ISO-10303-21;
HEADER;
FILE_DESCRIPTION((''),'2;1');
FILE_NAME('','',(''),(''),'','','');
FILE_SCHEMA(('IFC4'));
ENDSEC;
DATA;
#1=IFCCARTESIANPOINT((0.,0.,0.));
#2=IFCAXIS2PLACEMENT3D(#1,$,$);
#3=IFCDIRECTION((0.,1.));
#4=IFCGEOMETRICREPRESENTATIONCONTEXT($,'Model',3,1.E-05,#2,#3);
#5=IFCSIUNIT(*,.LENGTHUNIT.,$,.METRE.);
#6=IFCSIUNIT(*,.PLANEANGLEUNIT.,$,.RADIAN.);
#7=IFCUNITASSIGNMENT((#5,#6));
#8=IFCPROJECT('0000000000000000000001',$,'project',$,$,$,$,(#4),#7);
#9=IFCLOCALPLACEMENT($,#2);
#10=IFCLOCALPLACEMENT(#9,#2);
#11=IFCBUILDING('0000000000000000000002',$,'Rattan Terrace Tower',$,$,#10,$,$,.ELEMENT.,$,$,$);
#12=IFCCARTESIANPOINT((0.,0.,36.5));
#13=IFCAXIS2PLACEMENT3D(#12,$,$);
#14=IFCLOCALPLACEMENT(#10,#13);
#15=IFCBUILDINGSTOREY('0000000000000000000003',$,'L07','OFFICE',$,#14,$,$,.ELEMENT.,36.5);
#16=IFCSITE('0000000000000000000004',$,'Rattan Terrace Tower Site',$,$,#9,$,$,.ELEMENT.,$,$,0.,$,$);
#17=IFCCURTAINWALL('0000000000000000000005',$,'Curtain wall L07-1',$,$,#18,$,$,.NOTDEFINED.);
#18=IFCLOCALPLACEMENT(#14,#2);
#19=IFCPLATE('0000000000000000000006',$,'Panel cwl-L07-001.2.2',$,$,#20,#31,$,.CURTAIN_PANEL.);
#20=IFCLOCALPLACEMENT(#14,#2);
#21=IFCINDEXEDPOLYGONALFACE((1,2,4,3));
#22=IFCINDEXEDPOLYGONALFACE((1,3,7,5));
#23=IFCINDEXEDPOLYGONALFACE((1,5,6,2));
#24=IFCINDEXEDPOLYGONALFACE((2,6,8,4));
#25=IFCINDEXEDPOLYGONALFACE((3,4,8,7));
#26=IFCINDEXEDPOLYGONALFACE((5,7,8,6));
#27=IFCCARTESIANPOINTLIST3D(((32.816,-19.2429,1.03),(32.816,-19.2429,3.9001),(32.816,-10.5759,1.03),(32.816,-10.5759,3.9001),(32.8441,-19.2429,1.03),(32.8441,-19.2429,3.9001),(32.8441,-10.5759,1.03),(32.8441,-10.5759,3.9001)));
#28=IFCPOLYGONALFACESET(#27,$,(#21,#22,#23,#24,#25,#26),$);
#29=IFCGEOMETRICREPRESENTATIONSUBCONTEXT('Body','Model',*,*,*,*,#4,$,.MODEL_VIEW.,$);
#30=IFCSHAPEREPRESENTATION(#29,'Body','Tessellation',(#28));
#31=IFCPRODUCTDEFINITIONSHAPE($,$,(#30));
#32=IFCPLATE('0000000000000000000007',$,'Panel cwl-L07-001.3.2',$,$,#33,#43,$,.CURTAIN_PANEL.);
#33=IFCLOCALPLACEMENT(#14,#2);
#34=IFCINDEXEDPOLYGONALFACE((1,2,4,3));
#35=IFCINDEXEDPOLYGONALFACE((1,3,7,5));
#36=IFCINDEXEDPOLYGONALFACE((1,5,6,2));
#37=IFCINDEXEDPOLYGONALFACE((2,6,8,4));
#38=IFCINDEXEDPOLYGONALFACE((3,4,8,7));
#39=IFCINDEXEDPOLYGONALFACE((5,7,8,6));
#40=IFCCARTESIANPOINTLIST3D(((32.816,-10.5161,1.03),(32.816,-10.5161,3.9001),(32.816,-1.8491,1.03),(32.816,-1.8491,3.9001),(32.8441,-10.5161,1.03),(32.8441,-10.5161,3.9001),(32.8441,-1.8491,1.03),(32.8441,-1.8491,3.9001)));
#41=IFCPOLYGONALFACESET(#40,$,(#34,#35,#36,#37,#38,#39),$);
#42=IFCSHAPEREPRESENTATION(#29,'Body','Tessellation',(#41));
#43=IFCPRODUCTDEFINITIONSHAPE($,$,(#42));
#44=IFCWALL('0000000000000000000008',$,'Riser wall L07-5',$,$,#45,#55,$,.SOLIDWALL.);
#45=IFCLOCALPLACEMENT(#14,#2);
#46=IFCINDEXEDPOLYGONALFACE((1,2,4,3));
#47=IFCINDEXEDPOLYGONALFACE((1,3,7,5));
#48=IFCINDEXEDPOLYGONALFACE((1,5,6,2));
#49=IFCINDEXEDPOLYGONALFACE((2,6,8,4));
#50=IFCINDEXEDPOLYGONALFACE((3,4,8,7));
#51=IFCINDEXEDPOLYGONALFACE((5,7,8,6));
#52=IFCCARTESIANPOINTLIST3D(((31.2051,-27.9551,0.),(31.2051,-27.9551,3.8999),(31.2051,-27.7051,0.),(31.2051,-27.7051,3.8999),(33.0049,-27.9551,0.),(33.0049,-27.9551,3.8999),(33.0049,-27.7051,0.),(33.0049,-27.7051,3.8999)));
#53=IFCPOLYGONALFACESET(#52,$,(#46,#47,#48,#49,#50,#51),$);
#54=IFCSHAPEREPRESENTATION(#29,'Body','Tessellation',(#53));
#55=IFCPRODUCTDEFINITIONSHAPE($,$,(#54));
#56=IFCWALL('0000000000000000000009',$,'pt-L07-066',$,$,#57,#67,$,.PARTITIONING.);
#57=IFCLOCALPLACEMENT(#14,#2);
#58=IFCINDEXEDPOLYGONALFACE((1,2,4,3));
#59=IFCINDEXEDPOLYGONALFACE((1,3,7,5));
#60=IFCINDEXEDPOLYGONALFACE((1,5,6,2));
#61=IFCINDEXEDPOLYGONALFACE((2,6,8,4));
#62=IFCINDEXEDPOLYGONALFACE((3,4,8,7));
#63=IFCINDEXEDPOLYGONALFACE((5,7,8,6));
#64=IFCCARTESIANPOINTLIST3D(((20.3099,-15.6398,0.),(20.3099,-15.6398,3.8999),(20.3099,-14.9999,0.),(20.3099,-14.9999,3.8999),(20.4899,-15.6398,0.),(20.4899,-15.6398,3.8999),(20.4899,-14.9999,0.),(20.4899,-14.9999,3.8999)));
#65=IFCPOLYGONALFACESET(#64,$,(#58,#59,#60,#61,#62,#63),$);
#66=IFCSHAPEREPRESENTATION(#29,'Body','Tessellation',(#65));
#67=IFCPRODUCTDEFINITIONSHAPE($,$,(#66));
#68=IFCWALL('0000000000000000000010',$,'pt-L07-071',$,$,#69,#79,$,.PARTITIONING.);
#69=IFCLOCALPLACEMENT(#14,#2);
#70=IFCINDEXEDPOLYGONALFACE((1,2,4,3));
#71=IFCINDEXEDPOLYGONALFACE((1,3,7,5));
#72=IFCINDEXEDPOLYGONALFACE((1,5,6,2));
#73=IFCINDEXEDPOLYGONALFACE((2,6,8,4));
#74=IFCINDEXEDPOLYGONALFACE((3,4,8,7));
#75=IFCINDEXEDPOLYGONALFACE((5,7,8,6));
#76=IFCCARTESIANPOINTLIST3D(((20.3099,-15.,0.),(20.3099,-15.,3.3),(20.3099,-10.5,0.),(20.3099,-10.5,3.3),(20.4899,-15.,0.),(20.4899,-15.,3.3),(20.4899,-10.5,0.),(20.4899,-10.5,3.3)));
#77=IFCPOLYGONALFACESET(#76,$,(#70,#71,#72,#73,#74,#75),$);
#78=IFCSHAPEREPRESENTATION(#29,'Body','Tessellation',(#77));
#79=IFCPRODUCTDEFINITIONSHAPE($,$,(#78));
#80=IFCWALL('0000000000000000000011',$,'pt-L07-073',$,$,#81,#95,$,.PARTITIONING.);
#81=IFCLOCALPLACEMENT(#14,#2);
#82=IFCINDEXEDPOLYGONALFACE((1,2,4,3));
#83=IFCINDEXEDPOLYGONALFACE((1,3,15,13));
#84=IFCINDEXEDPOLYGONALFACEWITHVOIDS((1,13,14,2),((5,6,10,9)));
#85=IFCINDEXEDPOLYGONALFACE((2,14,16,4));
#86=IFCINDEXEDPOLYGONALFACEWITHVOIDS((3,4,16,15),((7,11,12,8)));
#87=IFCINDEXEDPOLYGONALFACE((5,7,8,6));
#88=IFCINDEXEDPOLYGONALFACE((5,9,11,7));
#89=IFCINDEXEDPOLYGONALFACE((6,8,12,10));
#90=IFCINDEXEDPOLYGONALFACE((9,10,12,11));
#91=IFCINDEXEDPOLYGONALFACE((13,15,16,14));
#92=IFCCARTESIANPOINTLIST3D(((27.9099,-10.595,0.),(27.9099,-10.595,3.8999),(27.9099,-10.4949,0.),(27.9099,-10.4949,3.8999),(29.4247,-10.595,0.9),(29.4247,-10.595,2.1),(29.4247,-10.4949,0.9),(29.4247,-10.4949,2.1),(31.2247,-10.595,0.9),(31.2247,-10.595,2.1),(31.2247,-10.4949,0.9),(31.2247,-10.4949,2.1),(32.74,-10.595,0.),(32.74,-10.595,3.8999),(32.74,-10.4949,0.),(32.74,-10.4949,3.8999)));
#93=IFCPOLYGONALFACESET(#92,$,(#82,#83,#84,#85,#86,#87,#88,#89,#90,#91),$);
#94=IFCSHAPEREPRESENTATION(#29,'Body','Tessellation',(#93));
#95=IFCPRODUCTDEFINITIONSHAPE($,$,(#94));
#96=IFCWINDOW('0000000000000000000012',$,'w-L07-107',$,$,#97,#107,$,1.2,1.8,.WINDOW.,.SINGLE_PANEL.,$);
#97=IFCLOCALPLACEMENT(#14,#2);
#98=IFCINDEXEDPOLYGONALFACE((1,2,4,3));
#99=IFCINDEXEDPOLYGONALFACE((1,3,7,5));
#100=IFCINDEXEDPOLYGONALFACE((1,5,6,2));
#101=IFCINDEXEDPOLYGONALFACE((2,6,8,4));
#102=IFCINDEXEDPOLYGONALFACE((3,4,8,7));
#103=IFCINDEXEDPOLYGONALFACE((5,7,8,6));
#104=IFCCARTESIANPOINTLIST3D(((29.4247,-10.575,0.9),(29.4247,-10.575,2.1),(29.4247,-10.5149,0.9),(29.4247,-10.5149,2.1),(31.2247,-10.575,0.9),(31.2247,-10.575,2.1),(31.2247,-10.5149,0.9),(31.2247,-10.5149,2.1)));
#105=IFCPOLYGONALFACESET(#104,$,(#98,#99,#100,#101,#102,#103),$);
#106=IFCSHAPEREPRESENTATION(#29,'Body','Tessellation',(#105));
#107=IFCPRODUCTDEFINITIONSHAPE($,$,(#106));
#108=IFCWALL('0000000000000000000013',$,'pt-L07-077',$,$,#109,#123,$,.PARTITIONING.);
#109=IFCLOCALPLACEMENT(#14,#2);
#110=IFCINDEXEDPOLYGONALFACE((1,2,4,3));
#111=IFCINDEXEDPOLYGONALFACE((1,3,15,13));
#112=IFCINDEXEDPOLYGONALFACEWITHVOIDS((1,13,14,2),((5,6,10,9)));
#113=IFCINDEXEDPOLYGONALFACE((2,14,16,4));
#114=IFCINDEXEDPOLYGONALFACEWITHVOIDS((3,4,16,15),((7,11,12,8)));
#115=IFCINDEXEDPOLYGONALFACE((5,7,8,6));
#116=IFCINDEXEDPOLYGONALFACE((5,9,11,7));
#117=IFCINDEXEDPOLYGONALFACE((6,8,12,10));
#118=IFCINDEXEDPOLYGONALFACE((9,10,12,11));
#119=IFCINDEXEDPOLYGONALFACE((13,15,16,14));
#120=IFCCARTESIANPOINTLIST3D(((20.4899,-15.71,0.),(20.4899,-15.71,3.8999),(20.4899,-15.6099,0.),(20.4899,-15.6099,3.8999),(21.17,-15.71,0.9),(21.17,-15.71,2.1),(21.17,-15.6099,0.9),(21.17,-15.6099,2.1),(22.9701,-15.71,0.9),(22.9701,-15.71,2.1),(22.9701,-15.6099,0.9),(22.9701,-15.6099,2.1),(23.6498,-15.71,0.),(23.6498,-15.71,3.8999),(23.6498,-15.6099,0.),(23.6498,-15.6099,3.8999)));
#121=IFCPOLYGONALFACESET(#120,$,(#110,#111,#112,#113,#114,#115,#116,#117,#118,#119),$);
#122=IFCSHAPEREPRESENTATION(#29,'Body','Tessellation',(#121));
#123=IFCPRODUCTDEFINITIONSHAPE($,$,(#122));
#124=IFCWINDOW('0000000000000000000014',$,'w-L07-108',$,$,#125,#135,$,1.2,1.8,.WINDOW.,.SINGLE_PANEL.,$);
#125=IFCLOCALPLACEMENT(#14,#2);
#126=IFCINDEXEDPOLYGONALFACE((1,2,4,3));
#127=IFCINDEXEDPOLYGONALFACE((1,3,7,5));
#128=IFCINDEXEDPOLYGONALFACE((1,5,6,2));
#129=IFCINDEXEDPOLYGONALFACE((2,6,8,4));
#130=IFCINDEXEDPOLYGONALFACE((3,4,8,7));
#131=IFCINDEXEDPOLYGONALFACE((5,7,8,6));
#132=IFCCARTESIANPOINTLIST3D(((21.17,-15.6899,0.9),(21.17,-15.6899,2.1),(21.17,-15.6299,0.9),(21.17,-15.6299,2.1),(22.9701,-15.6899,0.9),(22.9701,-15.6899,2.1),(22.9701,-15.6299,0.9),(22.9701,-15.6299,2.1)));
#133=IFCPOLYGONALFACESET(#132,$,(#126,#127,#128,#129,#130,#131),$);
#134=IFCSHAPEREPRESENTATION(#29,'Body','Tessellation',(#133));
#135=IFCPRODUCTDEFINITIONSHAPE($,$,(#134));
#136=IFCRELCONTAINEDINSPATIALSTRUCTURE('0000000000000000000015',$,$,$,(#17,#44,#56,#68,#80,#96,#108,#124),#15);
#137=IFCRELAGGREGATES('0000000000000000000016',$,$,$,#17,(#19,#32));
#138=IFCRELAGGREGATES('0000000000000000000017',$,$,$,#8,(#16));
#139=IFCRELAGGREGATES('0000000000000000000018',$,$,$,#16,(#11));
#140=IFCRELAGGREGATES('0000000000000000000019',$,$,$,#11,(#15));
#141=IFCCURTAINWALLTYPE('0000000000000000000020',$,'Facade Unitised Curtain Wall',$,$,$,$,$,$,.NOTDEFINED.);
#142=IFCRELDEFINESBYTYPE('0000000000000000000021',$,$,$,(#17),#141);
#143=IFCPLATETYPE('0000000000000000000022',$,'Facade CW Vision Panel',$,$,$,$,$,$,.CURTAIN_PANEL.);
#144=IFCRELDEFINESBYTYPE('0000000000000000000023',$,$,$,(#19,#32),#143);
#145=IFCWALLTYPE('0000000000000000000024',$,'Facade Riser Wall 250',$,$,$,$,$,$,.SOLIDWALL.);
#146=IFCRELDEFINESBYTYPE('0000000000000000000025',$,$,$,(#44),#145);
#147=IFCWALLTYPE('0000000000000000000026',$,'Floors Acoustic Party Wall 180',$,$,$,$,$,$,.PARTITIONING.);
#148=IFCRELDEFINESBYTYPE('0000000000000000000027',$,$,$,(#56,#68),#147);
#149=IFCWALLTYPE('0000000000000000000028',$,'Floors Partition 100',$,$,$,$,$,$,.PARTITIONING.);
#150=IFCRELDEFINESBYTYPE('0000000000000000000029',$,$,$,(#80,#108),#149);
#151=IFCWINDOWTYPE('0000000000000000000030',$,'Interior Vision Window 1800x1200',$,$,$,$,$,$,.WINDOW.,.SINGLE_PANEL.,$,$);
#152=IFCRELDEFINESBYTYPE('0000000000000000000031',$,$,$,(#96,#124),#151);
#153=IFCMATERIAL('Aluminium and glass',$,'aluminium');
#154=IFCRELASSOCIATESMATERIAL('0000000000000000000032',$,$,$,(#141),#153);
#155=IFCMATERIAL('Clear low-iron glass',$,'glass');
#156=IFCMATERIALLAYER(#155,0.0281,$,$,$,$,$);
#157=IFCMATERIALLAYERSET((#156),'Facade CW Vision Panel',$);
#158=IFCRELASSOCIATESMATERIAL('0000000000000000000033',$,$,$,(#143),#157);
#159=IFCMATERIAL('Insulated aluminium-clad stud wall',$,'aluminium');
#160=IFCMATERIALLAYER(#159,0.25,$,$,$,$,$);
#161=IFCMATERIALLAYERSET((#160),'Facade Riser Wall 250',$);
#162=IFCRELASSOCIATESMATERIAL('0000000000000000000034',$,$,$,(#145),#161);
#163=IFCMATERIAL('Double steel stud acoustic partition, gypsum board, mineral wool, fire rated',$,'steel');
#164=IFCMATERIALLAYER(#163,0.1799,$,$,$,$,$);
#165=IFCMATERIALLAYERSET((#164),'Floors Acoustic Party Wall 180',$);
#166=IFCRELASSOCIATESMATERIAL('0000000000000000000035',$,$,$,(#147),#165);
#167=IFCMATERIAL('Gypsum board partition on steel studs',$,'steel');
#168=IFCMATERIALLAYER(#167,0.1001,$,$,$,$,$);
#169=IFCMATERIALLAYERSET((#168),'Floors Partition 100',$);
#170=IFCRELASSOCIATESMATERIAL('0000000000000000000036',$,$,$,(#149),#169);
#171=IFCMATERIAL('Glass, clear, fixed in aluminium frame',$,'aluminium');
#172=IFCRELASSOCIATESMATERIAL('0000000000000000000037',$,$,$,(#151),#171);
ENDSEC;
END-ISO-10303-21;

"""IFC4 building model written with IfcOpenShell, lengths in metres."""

from ifc_helpers import new_model, si_unit, direction, frame, frame_2d, origin, origin_2d, place, context, subcontext, project, spatial, rectangle, extrude, material, layer, layer_set, type_object, element, fill, aggregate, save


model = new_model("IFC4")

# Units and contexts
model_context = context("Model", 3, precision=1e-05, world=origin(), true_north=direction((0.0, 1.0)))
body_context = subcontext(model_context, "Body", "Model", "MODEL_VIEW")
ifc_project = project(units=[si_unit("LENGTHUNIT", "METRE"), si_unit("PLANEANGLEUNIT", "RADIAN")], contexts=[model_context])

# Site, building, storey
site_placement = place(None, origin())
site = spatial("IfcSite", under=ifc_project, at=site_placement, Name="Rattan Terrace Tower Site", CompositionType="ELEMENT", RefElevation=0.0)
building_placement = place(site_placement, origin())
building = spatial("IfcBuilding", under=site, at=building_placement, Name="Rattan Terrace Tower", CompositionType="ELEMENT")
storey_placement = place(building_placement, frame((0.0, 0.0, 36.5)))
storey = spatial("IfcBuildingStorey", under=building, at=storey_placement, Name="L07", Description="OFFICE", CompositionType="ELEMENT", Elevation=36.5)

# Curtain wall
ifc_material_1 = material(Name="Aluminium and glass", Category="aluminium")
curtain_wall_type = type_object("IfcCurtainWallType", Name="Facade Unitised Curtain Wall", PredefinedType="NOTDEFINED", material=ifc_material_1)
curtain_wall_placement = place(storey_placement, origin())
curtain_wall = element("IfcCurtainWall", 1, at=curtain_wall_placement, inside=storey, type_object=curtain_wall_type, Name="Curtain wall L07-1", PredefinedType="NOTDEFINED")

# Plates
ifc_material_2 = material(Name="Clear low-iron glass", Category="glass")
ifc_layer_1 = layer(ifc_material_2, 0.0281)
ifc_layer_set_1 = layer_set([ifc_layer_1], Name="Facade CW Vision Panel")
plate_type_1 = type_object("IfcPlateType", Name="Facade CW Vision Panel", PredefinedType="CURTAIN_PANEL", material=ifc_layer_set_1)
plate_1_placement = place(storey_placement, frame((32.8301, -14.9094, 1.03), z_axis=(0.0, 0.0, 1.0), x_axis=(0.0, 1.0, 0.0)))
plate_1 = element("IfcPlate", 2, at=plate_1_placement, type_object=plate_type_1, Name="Panel cwl-L07-001.2.2", PredefinedType="CURTAIN_PANEL", context=body_context, shape_type="SweptSolid", body=[
    extrude(rectangle(XDim=8.667, YDim=0.0281, at=origin_2d()), origin(), (0.0, 0.0, 1.0), 2.8701),
])
plate_2_placement = place(storey_placement, frame((32.8301, -6.1826, 1.03), z_axis=(0.0, 0.0, 1.0), x_axis=(0.0, 1.0, 0.0)))
plate_2 = element("IfcPlate", 3, at=plate_2_placement, type_object=plate_type_1, Name="Panel cwl-L07-001.3.2", PredefinedType="CURTAIN_PANEL", context=body_context, shape_type="SweptSolid", body=[
    extrude(rectangle(XDim=8.667, YDim=0.0281, at=origin_2d()), origin(), (0.0, 0.0, 1.0), 2.8701),
])
aggregate(curtain_wall, [plate_1, plate_2])

# Walls
ifc_material_3 = material(Name="Insulated aluminium-clad stud wall", Category="aluminium")
ifc_layer_2 = layer(ifc_material_3, 0.25)
ifc_layer_set_2 = layer_set([ifc_layer_2], Name="Facade Riser Wall 250")
wall_type_1 = type_object("IfcWallType", Name="Facade Riser Wall 250", PredefinedType="SOLIDWALL", material=ifc_layer_set_2)
wall_1_placement = place(storey_placement, frame((31.2051, -27.8301, 0.0), z_axis=(0.0, 0.0, 1.0), x_axis=(1.0, 0.0, 0.0)))
element("IfcWall", 4, at=wall_1_placement, inside=storey, type_object=wall_type_1, Name="Riser wall L07-5", PredefinedType="SOLIDWALL", context=body_context, shape_type="SweptSolid", body=[
    extrude(rectangle(XDim=1.7998, YDim=0.25, at=frame_2d((0.8999, 0.0))), origin(), (0.0, 0.0, 1.0), 3.8999),
])
ifc_material_4 = material(Name="Double steel stud acoustic partition, gypsum board, mineral wool, fire rated", Category="steel")
ifc_layer_3 = layer(ifc_material_4, 0.1799)
ifc_layer_set_3 = layer_set([ifc_layer_3], Name="Floors Acoustic Party Wall 180")
wall_type_2 = type_object("IfcWallType", Name="Floors Acoustic Party Wall 180", PredefinedType="PARTITIONING", material=ifc_layer_set_3)
wall_2_placement = place(storey_placement, frame((20.3999, -15.0, 0.0), z_axis=(0.0, 0.0, 1.0), x_axis=(0.0, -1.0, 0.0)))
element("IfcWall", 5, at=wall_2_placement, inside=storey, type_object=wall_type_2, Name="pt-L07-066", PredefinedType="PARTITIONING", context=body_context, shape_type="SweptSolid", body=[
    extrude(rectangle(XDim=0.6399, YDim=0.1799, at=frame_2d((0.3198, 0.0))), origin(), (0.0, 0.0, 1.0), 3.8999),
])
wall_3_placement = place(storey_placement, frame((20.3999, -10.5, 0.0), z_axis=(0.0, 0.0, 1.0), x_axis=(0.0, -1.0, 0.0)))
element("IfcWall", 6, at=wall_3_placement, inside=storey, type_object=wall_type_2, Name="pt-L07-071", PredefinedType="PARTITIONING", context=body_context, shape_type="SweptSolid", body=[
    extrude(rectangle(XDim=4.5, YDim=0.1799, at=frame_2d((2.25, 0.0))), origin(), (0.0, 0.0, 1.0), 3.3),
])

# Walls, openings, windows
ifc_material_5 = material(Name="Gypsum board partition on steel studs", Category="steel")
ifc_layer_4 = layer(ifc_material_5, 0.1001)
ifc_layer_set_4 = layer_set([ifc_layer_4], Name="Floors Partition 100")
wall_type_3 = type_object("IfcWallType", Name="Floors Partition 100", PredefinedType="PARTITIONING", material=ifc_layer_set_4)
wall_4_placement = place(storey_placement, frame((27.9099, -10.5449, 0.0), z_axis=(0.0, 0.0, 1.0), x_axis=(1.0, 0.0, 0.0)))
wall_4 = element("IfcWall", 7, at=wall_4_placement, inside=storey, type_object=wall_type_3, Name="pt-L07-073", PredefinedType="PARTITIONING", context=body_context, shape_type="SweptSolid", body=[
    extrude(rectangle(XDim=4.8301, YDim=0.1001, at=frame_2d((2.415, 0.0))), origin(), (0.0, 0.0, 1.0), 3.8999),
])
opening_1_placement = place(wall_4_placement, frame((1.5149, 0.0, 0.8999)))
opening_1 = element("IfcOpeningElement", 8, at=opening_1_placement, cuts=wall_4, PredefinedType="OPENING", context=body_context, shape_type="SweptSolid", body=[
    extrude(rectangle(XDim=1.8, YDim=1.2, at=frame_2d((0.8999, 0.6001))), frame((0.0, 0.0605, 0.0), z_axis=(0.0, -1.0, 0.0), x_axis=(1.0, 0.0, 0.0)), (0.0, 0.0, 1.0), 0.1211),
])
ifc_material_6 = material(Name="Glass, clear, fixed in aluminium frame", Category="aluminium")
window_type = type_object("IfcWindowType", Name="Interior Vision Window 1800x1200", PartitioningType="SINGLE_PANEL", PredefinedType="WINDOW", material=ifc_material_6)
window_1_placement = place(opening_1_placement, origin())
window_1 = element("IfcWindow", 9, at=window_1_placement, inside=storey, type_object=window_type, Name="w-L07-107", OverallHeight=1.2, OverallWidth=1.8, PartitioningType="SINGLE_PANEL", PredefinedType="WINDOW", context=body_context, shape_type="SweptSolid", body=[
    extrude(rectangle(XDim=1.8, YDim=1.2, at=frame_2d((0.8999, 0.6001))), frame((0.0, 0.03, 0.0), z_axis=(0.0, -1.0, 0.0), x_axis=(1.0, 0.0, 0.0)), (0.0, 0.0, 1.0), 0.0601),
])
fill(opening_1, window_1)
wall_5_placement = place(storey_placement, frame((23.6499, -15.6599, 0.0), z_axis=(0.0, 0.0, 1.0), x_axis=(-1.0, 0.0, 0.0)))
wall_5 = element("IfcWall", 10, at=wall_5_placement, inside=storey, type_object=wall_type_3, Name="pt-L07-077", PredefinedType="PARTITIONING", context=body_context, shape_type="SweptSolid", body=[
    extrude(rectangle(XDim=3.1599, YDim=0.1001, at=frame_2d((1.5801, 0.0))), origin(), (0.0, 0.0, 1.0), 3.8999),
])
opening_2_placement = place(wall_5_placement, frame((0.6799, 0.0, 0.8999)))
opening_2 = element("IfcOpeningElement", 11, at=opening_2_placement, cuts=wall_5, PredefinedType="OPENING", context=body_context, shape_type="SweptSolid", body=[
    extrude(rectangle(XDim=1.8, YDim=1.2, at=frame_2d((0.8999, 0.6001))), frame((0.0, 0.0605, 0.0), z_axis=(0.0, -1.0, 0.0), x_axis=(1.0, 0.0, 0.0)), (0.0, 0.0, 1.0), 0.1211),
])
window_2_placement = place(opening_2_placement, origin())
window_2 = element("IfcWindow", 12, at=window_2_placement, inside=storey, type_object=window_type, Name="w-L07-108", OverallHeight=1.2, OverallWidth=1.8, PartitioningType="SINGLE_PANEL", PredefinedType="WINDOW", context=body_context, shape_type="SweptSolid", body=[
    extrude(rectangle(XDim=1.8, YDim=1.2, at=frame_2d((0.8999, 0.6001))), frame((0.0, 0.03, 0.0), z_axis=(0.0, -1.0, 0.0), x_axis=(1.0, 0.0, 0.0)), (0.0, 0.0, 1.0), 0.0601),
])
fill(opening_2, window_2)

save(model, "model.ifc")
